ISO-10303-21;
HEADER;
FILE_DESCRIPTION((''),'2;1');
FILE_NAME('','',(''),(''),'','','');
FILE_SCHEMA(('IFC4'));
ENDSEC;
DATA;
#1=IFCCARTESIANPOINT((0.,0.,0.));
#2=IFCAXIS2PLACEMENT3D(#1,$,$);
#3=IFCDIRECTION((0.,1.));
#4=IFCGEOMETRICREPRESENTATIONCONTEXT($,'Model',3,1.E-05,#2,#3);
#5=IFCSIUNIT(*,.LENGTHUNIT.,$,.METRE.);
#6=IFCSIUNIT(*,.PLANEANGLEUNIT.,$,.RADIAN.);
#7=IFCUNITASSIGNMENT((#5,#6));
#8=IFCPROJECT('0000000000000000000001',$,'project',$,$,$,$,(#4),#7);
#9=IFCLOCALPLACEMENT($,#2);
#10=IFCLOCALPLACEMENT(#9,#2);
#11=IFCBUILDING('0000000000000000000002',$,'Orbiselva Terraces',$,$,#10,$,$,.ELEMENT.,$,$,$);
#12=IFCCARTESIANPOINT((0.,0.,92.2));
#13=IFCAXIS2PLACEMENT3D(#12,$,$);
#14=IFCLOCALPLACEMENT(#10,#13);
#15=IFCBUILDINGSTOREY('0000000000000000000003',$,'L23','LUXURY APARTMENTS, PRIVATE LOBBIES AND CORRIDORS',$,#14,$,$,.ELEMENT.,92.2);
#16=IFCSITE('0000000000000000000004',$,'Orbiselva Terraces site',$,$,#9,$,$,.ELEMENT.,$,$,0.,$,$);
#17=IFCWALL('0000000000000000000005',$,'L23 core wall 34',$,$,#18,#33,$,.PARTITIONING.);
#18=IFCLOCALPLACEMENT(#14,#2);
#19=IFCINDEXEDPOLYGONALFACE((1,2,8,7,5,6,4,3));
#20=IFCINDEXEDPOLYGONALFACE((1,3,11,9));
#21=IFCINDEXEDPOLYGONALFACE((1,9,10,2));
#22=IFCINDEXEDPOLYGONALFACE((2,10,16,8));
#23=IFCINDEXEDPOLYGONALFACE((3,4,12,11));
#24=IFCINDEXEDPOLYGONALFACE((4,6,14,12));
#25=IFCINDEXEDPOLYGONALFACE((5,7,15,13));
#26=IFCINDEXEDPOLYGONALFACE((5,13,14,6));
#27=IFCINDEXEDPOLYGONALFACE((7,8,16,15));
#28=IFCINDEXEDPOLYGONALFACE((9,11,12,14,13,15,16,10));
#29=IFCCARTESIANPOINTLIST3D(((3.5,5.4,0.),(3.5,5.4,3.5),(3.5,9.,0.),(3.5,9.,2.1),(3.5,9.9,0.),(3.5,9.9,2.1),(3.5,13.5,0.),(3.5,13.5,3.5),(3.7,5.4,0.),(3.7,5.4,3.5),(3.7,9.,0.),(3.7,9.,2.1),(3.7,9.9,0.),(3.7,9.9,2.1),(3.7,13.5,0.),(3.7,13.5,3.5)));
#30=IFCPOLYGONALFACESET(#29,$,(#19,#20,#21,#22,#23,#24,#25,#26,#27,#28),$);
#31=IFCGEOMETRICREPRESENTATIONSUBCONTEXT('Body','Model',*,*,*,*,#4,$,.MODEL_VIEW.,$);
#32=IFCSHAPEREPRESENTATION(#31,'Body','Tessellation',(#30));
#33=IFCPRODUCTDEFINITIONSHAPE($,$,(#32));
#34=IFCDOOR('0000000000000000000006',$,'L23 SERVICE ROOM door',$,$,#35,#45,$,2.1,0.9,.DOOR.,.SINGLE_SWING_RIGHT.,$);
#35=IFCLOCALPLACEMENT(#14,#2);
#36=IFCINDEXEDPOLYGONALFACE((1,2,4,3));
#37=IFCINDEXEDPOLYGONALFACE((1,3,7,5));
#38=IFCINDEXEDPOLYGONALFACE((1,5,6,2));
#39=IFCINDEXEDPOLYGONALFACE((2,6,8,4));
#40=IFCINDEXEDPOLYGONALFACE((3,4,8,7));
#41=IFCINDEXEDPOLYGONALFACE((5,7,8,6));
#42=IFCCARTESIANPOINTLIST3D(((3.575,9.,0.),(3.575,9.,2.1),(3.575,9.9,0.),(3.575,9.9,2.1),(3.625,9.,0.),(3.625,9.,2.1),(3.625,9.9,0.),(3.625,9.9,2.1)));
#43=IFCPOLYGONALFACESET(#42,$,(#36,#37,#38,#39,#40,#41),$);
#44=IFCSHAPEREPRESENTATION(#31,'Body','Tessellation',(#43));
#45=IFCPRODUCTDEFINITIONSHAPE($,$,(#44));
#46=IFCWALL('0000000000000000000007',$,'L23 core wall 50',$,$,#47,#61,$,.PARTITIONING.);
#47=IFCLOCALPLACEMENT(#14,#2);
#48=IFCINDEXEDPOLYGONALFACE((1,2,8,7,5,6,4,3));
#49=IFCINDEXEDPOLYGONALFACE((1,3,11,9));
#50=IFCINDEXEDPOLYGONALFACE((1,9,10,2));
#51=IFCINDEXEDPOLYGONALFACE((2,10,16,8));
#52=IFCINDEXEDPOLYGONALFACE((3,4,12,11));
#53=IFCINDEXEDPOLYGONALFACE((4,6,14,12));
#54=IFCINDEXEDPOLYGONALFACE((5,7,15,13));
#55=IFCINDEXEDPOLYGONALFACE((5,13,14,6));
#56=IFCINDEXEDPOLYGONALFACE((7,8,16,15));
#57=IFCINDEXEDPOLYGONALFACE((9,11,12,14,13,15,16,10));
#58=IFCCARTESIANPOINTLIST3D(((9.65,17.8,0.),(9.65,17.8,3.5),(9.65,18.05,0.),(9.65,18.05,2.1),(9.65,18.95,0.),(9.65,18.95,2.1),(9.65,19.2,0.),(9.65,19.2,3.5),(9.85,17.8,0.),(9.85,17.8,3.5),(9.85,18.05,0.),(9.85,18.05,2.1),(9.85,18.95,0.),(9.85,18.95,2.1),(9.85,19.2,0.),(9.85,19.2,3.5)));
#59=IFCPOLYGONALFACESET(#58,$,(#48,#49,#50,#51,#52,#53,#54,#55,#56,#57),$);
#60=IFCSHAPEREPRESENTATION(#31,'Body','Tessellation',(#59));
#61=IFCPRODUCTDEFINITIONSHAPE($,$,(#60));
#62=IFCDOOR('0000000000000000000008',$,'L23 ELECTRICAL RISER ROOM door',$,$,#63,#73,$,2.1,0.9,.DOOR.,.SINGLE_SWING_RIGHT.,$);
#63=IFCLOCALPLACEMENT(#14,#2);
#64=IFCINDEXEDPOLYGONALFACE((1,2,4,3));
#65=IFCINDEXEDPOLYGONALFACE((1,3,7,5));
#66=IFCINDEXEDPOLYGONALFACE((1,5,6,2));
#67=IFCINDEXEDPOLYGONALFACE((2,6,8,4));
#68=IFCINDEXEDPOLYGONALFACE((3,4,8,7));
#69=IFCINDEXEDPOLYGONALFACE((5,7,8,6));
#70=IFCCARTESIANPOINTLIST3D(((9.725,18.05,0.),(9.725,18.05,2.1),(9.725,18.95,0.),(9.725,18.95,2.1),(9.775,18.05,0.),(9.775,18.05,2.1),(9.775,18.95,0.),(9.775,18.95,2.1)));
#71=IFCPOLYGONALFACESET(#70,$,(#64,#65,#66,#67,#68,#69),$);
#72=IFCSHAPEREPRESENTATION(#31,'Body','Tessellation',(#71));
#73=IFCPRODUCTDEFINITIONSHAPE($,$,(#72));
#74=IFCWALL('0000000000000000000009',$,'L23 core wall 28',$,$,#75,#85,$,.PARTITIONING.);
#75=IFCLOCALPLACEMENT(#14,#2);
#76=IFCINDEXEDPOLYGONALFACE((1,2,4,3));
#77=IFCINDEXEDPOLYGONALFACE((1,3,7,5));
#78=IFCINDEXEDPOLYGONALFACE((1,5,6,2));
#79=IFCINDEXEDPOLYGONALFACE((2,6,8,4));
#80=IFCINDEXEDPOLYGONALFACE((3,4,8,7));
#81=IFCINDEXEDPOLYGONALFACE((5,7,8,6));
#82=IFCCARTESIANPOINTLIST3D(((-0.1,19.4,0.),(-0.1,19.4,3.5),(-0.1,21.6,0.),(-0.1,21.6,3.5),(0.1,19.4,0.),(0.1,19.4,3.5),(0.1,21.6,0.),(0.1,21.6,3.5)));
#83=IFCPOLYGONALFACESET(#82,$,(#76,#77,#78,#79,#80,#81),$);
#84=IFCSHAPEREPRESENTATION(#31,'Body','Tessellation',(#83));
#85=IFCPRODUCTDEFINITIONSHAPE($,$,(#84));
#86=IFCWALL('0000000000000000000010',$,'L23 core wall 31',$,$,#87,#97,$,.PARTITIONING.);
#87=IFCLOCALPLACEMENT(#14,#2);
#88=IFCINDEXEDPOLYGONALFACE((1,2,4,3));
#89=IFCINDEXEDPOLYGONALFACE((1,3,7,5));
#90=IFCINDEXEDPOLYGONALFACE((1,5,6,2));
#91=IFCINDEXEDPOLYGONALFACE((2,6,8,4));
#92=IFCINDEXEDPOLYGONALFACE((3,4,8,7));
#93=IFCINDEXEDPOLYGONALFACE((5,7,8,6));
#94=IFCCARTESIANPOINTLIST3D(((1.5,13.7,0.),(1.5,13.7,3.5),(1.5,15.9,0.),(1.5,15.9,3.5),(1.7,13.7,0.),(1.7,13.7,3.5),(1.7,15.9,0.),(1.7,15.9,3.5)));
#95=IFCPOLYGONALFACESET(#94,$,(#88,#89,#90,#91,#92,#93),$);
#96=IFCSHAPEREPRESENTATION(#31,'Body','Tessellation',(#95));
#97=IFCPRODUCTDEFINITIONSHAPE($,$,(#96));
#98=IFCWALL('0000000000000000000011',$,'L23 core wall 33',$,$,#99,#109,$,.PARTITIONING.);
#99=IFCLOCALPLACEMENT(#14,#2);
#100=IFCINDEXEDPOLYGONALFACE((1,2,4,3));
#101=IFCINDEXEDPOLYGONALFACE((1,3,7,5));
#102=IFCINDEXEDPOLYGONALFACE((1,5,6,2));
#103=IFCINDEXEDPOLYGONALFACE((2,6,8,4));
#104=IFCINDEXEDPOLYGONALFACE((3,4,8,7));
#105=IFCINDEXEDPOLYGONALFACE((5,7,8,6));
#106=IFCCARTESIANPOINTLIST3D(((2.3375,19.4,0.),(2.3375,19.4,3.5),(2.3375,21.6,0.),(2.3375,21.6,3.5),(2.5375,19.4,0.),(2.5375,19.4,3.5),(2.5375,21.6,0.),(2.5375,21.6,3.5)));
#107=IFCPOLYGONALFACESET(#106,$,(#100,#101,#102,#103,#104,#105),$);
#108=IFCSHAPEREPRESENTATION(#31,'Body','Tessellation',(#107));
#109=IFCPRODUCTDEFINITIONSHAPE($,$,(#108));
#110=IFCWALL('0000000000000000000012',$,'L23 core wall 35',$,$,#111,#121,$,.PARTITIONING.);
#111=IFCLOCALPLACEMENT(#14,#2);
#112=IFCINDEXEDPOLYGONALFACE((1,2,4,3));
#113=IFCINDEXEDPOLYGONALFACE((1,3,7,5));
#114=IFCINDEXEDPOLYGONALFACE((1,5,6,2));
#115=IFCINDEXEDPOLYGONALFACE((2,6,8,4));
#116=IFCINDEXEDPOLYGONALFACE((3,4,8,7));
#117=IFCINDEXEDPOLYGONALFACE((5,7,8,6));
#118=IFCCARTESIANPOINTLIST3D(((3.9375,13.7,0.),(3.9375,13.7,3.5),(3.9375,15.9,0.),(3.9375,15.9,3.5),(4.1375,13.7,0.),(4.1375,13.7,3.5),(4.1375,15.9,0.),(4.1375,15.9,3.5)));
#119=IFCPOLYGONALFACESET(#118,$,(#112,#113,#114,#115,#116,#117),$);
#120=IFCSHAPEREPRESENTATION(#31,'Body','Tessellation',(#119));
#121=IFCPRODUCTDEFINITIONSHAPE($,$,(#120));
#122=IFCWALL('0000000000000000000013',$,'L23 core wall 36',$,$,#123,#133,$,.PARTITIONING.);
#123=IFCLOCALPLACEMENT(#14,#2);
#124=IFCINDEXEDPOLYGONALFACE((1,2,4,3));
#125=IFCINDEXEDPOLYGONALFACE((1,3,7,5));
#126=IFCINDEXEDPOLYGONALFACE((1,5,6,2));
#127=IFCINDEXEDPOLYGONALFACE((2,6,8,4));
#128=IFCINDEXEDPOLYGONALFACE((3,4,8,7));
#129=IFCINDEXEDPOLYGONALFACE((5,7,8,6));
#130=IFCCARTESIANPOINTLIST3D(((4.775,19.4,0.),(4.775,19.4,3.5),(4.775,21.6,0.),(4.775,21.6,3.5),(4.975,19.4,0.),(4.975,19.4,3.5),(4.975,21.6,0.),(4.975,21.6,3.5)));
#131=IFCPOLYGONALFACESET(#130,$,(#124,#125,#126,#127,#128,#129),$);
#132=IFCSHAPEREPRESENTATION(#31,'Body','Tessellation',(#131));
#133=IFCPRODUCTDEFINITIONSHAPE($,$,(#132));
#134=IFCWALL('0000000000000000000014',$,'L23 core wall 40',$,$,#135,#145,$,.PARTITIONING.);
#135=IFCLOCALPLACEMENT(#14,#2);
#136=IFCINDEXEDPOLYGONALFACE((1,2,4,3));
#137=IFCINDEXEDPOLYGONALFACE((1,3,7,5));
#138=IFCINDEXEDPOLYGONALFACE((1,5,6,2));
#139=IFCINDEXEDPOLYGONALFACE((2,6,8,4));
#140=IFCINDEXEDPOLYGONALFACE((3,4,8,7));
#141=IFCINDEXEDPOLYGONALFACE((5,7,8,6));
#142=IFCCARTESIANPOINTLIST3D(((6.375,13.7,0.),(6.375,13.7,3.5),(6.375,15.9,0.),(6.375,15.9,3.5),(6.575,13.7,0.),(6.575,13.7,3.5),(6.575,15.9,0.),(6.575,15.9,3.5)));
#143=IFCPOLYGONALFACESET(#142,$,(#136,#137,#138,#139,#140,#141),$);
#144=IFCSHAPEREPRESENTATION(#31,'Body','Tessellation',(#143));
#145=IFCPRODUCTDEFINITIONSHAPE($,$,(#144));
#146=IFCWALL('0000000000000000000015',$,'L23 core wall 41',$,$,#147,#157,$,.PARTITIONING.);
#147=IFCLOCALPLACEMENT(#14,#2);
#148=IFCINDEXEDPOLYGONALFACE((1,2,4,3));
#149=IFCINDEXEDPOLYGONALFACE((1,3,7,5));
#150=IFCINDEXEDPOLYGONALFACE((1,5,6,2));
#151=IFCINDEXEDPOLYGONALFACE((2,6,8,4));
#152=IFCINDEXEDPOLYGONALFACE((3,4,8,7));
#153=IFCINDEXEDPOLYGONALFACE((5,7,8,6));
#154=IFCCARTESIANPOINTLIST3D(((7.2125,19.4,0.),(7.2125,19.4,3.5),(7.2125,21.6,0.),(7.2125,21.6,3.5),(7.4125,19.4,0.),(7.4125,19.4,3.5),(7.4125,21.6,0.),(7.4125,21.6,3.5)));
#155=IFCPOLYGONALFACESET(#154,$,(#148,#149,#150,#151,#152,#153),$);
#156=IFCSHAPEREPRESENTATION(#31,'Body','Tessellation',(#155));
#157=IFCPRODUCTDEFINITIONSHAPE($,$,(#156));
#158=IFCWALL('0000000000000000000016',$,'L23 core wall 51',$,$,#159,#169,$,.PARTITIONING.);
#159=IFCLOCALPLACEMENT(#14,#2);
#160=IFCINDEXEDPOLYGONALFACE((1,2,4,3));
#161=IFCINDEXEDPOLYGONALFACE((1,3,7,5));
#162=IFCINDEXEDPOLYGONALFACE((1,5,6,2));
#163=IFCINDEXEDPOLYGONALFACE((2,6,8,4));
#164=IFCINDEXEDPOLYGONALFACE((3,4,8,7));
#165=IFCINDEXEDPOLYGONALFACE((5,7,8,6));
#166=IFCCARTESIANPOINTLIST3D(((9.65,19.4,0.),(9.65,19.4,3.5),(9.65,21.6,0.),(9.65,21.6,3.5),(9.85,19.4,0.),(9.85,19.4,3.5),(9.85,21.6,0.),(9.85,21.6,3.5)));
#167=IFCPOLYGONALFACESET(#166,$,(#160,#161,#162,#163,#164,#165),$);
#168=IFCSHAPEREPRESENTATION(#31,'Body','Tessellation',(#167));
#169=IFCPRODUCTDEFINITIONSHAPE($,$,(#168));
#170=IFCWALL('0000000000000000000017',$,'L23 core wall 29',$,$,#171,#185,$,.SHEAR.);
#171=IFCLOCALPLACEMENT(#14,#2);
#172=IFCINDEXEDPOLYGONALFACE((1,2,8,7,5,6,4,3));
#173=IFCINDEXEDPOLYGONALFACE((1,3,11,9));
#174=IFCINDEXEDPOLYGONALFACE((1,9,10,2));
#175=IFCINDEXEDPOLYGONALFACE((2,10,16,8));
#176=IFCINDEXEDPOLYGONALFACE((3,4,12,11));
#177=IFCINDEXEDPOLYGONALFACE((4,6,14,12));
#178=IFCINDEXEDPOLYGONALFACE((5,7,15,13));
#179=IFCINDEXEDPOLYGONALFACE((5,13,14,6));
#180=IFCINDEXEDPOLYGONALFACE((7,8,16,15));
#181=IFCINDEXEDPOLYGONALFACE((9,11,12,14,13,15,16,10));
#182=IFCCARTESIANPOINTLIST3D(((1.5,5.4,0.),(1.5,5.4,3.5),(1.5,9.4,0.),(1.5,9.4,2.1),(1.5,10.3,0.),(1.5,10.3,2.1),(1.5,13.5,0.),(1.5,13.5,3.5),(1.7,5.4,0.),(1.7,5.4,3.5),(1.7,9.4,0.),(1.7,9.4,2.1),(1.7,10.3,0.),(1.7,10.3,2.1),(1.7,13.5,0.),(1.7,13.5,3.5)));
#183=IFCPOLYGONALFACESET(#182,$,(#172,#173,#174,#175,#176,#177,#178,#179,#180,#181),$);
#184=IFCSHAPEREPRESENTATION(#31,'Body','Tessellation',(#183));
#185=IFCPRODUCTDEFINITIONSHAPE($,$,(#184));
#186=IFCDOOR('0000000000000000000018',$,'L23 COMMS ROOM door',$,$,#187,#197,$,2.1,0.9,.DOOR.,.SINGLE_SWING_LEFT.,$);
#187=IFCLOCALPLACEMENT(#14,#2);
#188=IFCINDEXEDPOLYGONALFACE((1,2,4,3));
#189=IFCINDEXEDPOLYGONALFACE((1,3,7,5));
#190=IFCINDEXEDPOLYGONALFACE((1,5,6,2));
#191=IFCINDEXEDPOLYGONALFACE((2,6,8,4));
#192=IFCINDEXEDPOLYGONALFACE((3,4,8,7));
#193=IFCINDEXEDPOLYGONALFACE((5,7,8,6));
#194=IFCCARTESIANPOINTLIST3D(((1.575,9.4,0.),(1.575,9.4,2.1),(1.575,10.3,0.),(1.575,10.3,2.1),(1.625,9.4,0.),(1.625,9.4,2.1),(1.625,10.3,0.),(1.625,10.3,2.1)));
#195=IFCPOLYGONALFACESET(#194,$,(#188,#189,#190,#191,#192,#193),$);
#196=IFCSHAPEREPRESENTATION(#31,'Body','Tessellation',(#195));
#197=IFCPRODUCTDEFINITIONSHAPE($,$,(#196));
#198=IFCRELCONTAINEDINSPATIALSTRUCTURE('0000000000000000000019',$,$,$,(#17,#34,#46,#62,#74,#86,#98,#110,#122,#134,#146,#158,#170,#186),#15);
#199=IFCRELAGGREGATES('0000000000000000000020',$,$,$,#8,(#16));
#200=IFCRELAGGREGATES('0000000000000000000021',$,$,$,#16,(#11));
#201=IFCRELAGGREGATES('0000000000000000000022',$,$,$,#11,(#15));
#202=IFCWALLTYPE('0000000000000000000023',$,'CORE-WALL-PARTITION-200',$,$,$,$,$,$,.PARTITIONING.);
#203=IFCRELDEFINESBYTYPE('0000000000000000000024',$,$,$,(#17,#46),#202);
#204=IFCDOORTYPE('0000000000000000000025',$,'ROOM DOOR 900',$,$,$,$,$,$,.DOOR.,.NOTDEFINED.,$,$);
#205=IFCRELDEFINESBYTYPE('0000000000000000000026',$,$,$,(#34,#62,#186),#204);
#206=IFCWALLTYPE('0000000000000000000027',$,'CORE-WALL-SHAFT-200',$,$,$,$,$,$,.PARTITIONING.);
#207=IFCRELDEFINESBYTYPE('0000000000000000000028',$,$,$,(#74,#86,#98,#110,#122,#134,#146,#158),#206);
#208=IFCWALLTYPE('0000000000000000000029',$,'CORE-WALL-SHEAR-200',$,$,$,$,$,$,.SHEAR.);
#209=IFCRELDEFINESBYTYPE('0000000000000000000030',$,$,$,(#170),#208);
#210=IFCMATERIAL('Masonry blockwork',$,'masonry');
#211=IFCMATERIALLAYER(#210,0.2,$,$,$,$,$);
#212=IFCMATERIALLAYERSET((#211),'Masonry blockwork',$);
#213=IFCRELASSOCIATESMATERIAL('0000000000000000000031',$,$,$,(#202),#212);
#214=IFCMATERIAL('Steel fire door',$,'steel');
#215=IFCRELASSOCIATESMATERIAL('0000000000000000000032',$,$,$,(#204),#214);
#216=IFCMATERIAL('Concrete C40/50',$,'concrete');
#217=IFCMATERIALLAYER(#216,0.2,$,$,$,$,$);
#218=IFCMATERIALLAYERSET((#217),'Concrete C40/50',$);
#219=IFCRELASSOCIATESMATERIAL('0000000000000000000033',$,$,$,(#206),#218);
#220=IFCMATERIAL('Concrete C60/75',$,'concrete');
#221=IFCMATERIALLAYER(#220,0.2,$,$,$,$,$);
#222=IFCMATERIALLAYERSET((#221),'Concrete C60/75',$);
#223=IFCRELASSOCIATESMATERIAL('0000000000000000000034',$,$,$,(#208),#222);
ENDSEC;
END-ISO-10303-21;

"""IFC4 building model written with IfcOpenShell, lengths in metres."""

from ifc_helpers import new_model, si_unit, direction, frame, frame_2d, origin, place, context, subcontext, project, spatial, rectangle, extrude, material, layer, layer_set, type_object, element, fill, save


model = new_model("IFC4")

# Units and contexts
model_context = context("Model", 3, precision=1e-05, world=origin(), true_north=direction((0.0, 1.0)))
body_context = subcontext(model_context, "Body", "Model", "MODEL_VIEW")
ifc_project = project(units=[si_unit("LENGTHUNIT", "METRE"), si_unit("PLANEANGLEUNIT", "RADIAN")], contexts=[model_context])

# Site, building, storey
site_placement = place(None, origin())
site = spatial("IfcSite", under=ifc_project, at=site_placement, Name="Orbiselva Terraces site", CompositionType="ELEMENT", RefElevation=0.0)
building_placement = place(site_placement, origin())
building = spatial("IfcBuilding", under=site, at=building_placement, Name="Orbiselva Terraces", CompositionType="ELEMENT")
storey_placement = place(building_placement, frame((0.0, 0.0, 92.2)))
storey = spatial("IfcBuildingStorey", under=building, at=storey_placement, Name="L23", Description="LUXURY APARTMENTS, PRIVATE LOBBIES AND CORRIDORS", CompositionType="ELEMENT", Elevation=92.2)

# Walls, openings, doors
ifc_material_1 = material(Name="Masonry blockwork", Category="masonry")
ifc_layer_1 = layer(ifc_material_1, 0.2)
ifc_layer_set_1 = layer_set([ifc_layer_1], Name="Masonry blockwork")
wall_type_1 = type_object("IfcWallType", Name="CORE-WALL-PARTITION-200", PredefinedType="PARTITIONING", material=ifc_layer_set_1)
wall_1_placement = place(storey_placement, frame((3.6, 13.5, 0.0), z_axis=(0.0, 0.0, 1.0), x_axis=(0.0, -1.0, 0.0)))
wall_1 = element("IfcWall", 1, at=wall_1_placement, inside=storey, type_object=wall_type_1, Name="L23 core wall 34", PredefinedType="PARTITIONING", context=body_context, shape_type="SweptSolid", body=[
    extrude(rectangle(XDim=8.1, YDim=0.2, at=frame_2d((4.05, 0.0))), origin(), (0.0, 0.0, 1.0), 3.5),
])
opening_1_placement = place(wall_1_placement, frame((3.6, 0.0, 0.0)))
opening_1 = element("IfcOpeningElement", 2, at=opening_1_placement, cuts=wall_1, PredefinedType="OPENING", context=body_context, shape_type="SweptSolid", body=[
    extrude(rectangle(XDim=0.9, YDim=2.1, at=frame_2d((0.45, 1.05))), frame((0.0, 0.11, 0.0), z_axis=(0.0, -1.0, 0.0), x_axis=(1.0, 0.0, 0.0)), (0.0, 0.0, 1.0), 0.22),
])
ifc_material_2 = material(Name="Steel fire door", Category="steel")
door_type = type_object("IfcDoorType", Name="ROOM DOOR 900", OperationType="NOTDEFINED", PredefinedType="DOOR", material=ifc_material_2)
door_1_placement = place(opening_1_placement, origin())
door_1 = element("IfcDoor", 3, at=door_1_placement, inside=storey, type_object=door_type, Name="L23 SERVICE ROOM door", OperationType="SINGLE_SWING_RIGHT", OverallHeight=2.1, OverallWidth=0.9, PredefinedType="DOOR", context=body_context, shape_type="SweptSolid", body=[
    extrude(rectangle(XDim=0.9, YDim=2.1, at=frame_2d((0.45, 1.05))), frame((0.0, 0.025, 0.0), z_axis=(0.0, -1.0, 0.0), x_axis=(1.0, 0.0, 0.0)), (0.0, 0.0, 1.0), 0.05),
])
fill(opening_1, door_1)
wall_2_placement = place(storey_placement, frame((9.75, 19.2, 0.0), z_axis=(0.0, 0.0, 1.0), x_axis=(0.0, -1.0, 0.0)))
wall_2 = element("IfcWall", 4, at=wall_2_placement, inside=storey, type_object=wall_type_1, Name="L23 core wall 50", PredefinedType="PARTITIONING", context=body_context, shape_type="SweptSolid", body=[
    extrude(rectangle(XDim=1.4, YDim=0.2, at=frame_2d((0.7, 0.0))), origin(), (0.0, 0.0, 1.0), 3.5),
])
opening_2_placement = place(wall_2_placement, frame((0.25, 0.0, 0.0)))
opening_2 = element("IfcOpeningElement", 5, at=opening_2_placement, cuts=wall_2, PredefinedType="OPENING", context=body_context, shape_type="SweptSolid", body=[
    extrude(rectangle(XDim=0.9, YDim=2.1, at=frame_2d((0.45, 1.05))), frame((0.0, 0.11, 0.0), z_axis=(0.0, -1.0, 0.0), x_axis=(1.0, 0.0, 0.0)), (0.0, 0.0, 1.0), 0.22),
])
door_2_placement = place(opening_2_placement, origin())
door_2 = element("IfcDoor", 6, at=door_2_placement, inside=storey, type_object=door_type, Name="L23 ELECTRICAL RISER ROOM door", OperationType="SINGLE_SWING_RIGHT", OverallHeight=2.1, OverallWidth=0.9, PredefinedType="DOOR", context=body_context, shape_type="SweptSolid", body=[
    extrude(rectangle(XDim=0.9, YDim=2.1, at=frame_2d((0.45, 1.05))), frame((0.0, 0.025, 0.0), z_axis=(0.0, -1.0, 0.0), x_axis=(1.0, 0.0, 0.0)), (0.0, 0.0, 1.0), 0.05),
])
fill(opening_2, door_2)

# Walls
ifc_material_3 = material(Name="Concrete C40/50", Category="concrete")
ifc_layer_2 = layer(ifc_material_3, 0.2)
ifc_layer_set_2 = layer_set([ifc_layer_2], Name="Concrete C40/50")
wall_type_2 = type_object("IfcWallType", Name="CORE-WALL-SHAFT-200", PredefinedType="PARTITIONING", material=ifc_layer_set_2)
for number, where, z_axis, x_axis, name in (
    (7, (0.0, 19.4, 0.0), (0.0, 0.0, 1.0), (0.0, 1.0, 0.0), "L23 core wall 28"),
    (8, (1.6, 13.7, 0.0), (0.0, 0.0, 1.0), (0.0, 1.0, 0.0), "L23 core wall 31"),
    (9, (2.4375, 19.4, 0.0), (0.0, 0.0, 1.0), (0.0, 1.0, 0.0), "L23 core wall 33"),
    (10, (4.0375, 13.7, 0.0), (0.0, 0.0, 1.0), (0.0, 1.0, 0.0), "L23 core wall 35"),
    (11, (4.875, 19.4, 0.0), (0.0, 0.0, 1.0), (0.0, 1.0, 0.0), "L23 core wall 36"),
    (12, (6.475, 13.7, 0.0), (0.0, 0.0, 1.0), (0.0, 1.0, 0.0), "L23 core wall 40"),
    (13, (7.3125, 19.4, 0.0), (0.0, 0.0, 1.0), (0.0, 1.0, 0.0), "L23 core wall 41"),
    (14, (9.75, 19.4, 0.0), (0.0, 0.0, 1.0), (0.0, 1.0, 0.0), "L23 core wall 51"),
):
    element("IfcWall", number, at=place(storey_placement, frame(where, z_axis=z_axis, x_axis=x_axis)), inside=storey, type_object=wall_type_2, Name=name, PredefinedType="PARTITIONING", context=body_context, shape_type="SweptSolid", body=[
        extrude(rectangle(XDim=2.2, YDim=0.2, at=frame_2d((1.1, 0.0))), origin(), (0.0, 0.0, 1.0), 3.5),
    ])

# Wall, opening, door
ifc_material_4 = material(Name="Concrete C60/75", Category="concrete")
ifc_layer_3 = layer(ifc_material_4, 0.2)
ifc_layer_set_3 = layer_set([ifc_layer_3], Name="Concrete C60/75")
wall_type_3 = type_object("IfcWallType", Name="CORE-WALL-SHEAR-200", PredefinedType="SHEAR", material=ifc_layer_set_3)
wall_3_placement = place(storey_placement, frame((1.6, 13.5, 0.0), z_axis=(0.0, 0.0, 1.0), x_axis=(0.0, -1.0, 0.0)))
wall_3 = element("IfcWall", 15, at=wall_3_placement, inside=storey, type_object=wall_type_3, Name="L23 core wall 29", PredefinedType="SHEAR", context=body_context, shape_type="SweptSolid", body=[
    extrude(rectangle(XDim=8.1, YDim=0.2, at=frame_2d((4.05, 0.0))), origin(), (0.0, 0.0, 1.0), 3.5),
])
opening_3_placement = place(wall_3_placement, frame((3.2, 0.0, 0.0)))
opening_3 = element("IfcOpeningElement", 16, at=opening_3_placement, cuts=wall_3, PredefinedType="OPENING", context=body_context, shape_type="SweptSolid", body=[
    extrude(rectangle(XDim=0.9, YDim=2.1, at=frame_2d((0.45, 1.05))), frame((0.0, 0.11, 0.0), z_axis=(0.0, -1.0, 0.0), x_axis=(1.0, 0.0, 0.0)), (0.0, 0.0, 1.0), 0.22),
])
door_3_placement = place(opening_3_placement, origin())
door_3 = element("IfcDoor", 17, at=door_3_placement, inside=storey, type_object=door_type, Name="L23 COMMS ROOM door", OperationType="SINGLE_SWING_LEFT", OverallHeight=2.1, OverallWidth=0.9, PredefinedType="DOOR", context=body_context, shape_type="SweptSolid", body=[
    extrude(rectangle(XDim=0.9, YDim=2.1, at=frame_2d((0.45, 1.05))), frame((0.0, 0.025, 0.0), z_axis=(0.0, -1.0, 0.0), x_axis=(1.0, 0.0, 0.0)), (0.0, 0.0, 1.0), 0.05),
])
fill(opening_3, door_3)

save(model, "model.ifc")
